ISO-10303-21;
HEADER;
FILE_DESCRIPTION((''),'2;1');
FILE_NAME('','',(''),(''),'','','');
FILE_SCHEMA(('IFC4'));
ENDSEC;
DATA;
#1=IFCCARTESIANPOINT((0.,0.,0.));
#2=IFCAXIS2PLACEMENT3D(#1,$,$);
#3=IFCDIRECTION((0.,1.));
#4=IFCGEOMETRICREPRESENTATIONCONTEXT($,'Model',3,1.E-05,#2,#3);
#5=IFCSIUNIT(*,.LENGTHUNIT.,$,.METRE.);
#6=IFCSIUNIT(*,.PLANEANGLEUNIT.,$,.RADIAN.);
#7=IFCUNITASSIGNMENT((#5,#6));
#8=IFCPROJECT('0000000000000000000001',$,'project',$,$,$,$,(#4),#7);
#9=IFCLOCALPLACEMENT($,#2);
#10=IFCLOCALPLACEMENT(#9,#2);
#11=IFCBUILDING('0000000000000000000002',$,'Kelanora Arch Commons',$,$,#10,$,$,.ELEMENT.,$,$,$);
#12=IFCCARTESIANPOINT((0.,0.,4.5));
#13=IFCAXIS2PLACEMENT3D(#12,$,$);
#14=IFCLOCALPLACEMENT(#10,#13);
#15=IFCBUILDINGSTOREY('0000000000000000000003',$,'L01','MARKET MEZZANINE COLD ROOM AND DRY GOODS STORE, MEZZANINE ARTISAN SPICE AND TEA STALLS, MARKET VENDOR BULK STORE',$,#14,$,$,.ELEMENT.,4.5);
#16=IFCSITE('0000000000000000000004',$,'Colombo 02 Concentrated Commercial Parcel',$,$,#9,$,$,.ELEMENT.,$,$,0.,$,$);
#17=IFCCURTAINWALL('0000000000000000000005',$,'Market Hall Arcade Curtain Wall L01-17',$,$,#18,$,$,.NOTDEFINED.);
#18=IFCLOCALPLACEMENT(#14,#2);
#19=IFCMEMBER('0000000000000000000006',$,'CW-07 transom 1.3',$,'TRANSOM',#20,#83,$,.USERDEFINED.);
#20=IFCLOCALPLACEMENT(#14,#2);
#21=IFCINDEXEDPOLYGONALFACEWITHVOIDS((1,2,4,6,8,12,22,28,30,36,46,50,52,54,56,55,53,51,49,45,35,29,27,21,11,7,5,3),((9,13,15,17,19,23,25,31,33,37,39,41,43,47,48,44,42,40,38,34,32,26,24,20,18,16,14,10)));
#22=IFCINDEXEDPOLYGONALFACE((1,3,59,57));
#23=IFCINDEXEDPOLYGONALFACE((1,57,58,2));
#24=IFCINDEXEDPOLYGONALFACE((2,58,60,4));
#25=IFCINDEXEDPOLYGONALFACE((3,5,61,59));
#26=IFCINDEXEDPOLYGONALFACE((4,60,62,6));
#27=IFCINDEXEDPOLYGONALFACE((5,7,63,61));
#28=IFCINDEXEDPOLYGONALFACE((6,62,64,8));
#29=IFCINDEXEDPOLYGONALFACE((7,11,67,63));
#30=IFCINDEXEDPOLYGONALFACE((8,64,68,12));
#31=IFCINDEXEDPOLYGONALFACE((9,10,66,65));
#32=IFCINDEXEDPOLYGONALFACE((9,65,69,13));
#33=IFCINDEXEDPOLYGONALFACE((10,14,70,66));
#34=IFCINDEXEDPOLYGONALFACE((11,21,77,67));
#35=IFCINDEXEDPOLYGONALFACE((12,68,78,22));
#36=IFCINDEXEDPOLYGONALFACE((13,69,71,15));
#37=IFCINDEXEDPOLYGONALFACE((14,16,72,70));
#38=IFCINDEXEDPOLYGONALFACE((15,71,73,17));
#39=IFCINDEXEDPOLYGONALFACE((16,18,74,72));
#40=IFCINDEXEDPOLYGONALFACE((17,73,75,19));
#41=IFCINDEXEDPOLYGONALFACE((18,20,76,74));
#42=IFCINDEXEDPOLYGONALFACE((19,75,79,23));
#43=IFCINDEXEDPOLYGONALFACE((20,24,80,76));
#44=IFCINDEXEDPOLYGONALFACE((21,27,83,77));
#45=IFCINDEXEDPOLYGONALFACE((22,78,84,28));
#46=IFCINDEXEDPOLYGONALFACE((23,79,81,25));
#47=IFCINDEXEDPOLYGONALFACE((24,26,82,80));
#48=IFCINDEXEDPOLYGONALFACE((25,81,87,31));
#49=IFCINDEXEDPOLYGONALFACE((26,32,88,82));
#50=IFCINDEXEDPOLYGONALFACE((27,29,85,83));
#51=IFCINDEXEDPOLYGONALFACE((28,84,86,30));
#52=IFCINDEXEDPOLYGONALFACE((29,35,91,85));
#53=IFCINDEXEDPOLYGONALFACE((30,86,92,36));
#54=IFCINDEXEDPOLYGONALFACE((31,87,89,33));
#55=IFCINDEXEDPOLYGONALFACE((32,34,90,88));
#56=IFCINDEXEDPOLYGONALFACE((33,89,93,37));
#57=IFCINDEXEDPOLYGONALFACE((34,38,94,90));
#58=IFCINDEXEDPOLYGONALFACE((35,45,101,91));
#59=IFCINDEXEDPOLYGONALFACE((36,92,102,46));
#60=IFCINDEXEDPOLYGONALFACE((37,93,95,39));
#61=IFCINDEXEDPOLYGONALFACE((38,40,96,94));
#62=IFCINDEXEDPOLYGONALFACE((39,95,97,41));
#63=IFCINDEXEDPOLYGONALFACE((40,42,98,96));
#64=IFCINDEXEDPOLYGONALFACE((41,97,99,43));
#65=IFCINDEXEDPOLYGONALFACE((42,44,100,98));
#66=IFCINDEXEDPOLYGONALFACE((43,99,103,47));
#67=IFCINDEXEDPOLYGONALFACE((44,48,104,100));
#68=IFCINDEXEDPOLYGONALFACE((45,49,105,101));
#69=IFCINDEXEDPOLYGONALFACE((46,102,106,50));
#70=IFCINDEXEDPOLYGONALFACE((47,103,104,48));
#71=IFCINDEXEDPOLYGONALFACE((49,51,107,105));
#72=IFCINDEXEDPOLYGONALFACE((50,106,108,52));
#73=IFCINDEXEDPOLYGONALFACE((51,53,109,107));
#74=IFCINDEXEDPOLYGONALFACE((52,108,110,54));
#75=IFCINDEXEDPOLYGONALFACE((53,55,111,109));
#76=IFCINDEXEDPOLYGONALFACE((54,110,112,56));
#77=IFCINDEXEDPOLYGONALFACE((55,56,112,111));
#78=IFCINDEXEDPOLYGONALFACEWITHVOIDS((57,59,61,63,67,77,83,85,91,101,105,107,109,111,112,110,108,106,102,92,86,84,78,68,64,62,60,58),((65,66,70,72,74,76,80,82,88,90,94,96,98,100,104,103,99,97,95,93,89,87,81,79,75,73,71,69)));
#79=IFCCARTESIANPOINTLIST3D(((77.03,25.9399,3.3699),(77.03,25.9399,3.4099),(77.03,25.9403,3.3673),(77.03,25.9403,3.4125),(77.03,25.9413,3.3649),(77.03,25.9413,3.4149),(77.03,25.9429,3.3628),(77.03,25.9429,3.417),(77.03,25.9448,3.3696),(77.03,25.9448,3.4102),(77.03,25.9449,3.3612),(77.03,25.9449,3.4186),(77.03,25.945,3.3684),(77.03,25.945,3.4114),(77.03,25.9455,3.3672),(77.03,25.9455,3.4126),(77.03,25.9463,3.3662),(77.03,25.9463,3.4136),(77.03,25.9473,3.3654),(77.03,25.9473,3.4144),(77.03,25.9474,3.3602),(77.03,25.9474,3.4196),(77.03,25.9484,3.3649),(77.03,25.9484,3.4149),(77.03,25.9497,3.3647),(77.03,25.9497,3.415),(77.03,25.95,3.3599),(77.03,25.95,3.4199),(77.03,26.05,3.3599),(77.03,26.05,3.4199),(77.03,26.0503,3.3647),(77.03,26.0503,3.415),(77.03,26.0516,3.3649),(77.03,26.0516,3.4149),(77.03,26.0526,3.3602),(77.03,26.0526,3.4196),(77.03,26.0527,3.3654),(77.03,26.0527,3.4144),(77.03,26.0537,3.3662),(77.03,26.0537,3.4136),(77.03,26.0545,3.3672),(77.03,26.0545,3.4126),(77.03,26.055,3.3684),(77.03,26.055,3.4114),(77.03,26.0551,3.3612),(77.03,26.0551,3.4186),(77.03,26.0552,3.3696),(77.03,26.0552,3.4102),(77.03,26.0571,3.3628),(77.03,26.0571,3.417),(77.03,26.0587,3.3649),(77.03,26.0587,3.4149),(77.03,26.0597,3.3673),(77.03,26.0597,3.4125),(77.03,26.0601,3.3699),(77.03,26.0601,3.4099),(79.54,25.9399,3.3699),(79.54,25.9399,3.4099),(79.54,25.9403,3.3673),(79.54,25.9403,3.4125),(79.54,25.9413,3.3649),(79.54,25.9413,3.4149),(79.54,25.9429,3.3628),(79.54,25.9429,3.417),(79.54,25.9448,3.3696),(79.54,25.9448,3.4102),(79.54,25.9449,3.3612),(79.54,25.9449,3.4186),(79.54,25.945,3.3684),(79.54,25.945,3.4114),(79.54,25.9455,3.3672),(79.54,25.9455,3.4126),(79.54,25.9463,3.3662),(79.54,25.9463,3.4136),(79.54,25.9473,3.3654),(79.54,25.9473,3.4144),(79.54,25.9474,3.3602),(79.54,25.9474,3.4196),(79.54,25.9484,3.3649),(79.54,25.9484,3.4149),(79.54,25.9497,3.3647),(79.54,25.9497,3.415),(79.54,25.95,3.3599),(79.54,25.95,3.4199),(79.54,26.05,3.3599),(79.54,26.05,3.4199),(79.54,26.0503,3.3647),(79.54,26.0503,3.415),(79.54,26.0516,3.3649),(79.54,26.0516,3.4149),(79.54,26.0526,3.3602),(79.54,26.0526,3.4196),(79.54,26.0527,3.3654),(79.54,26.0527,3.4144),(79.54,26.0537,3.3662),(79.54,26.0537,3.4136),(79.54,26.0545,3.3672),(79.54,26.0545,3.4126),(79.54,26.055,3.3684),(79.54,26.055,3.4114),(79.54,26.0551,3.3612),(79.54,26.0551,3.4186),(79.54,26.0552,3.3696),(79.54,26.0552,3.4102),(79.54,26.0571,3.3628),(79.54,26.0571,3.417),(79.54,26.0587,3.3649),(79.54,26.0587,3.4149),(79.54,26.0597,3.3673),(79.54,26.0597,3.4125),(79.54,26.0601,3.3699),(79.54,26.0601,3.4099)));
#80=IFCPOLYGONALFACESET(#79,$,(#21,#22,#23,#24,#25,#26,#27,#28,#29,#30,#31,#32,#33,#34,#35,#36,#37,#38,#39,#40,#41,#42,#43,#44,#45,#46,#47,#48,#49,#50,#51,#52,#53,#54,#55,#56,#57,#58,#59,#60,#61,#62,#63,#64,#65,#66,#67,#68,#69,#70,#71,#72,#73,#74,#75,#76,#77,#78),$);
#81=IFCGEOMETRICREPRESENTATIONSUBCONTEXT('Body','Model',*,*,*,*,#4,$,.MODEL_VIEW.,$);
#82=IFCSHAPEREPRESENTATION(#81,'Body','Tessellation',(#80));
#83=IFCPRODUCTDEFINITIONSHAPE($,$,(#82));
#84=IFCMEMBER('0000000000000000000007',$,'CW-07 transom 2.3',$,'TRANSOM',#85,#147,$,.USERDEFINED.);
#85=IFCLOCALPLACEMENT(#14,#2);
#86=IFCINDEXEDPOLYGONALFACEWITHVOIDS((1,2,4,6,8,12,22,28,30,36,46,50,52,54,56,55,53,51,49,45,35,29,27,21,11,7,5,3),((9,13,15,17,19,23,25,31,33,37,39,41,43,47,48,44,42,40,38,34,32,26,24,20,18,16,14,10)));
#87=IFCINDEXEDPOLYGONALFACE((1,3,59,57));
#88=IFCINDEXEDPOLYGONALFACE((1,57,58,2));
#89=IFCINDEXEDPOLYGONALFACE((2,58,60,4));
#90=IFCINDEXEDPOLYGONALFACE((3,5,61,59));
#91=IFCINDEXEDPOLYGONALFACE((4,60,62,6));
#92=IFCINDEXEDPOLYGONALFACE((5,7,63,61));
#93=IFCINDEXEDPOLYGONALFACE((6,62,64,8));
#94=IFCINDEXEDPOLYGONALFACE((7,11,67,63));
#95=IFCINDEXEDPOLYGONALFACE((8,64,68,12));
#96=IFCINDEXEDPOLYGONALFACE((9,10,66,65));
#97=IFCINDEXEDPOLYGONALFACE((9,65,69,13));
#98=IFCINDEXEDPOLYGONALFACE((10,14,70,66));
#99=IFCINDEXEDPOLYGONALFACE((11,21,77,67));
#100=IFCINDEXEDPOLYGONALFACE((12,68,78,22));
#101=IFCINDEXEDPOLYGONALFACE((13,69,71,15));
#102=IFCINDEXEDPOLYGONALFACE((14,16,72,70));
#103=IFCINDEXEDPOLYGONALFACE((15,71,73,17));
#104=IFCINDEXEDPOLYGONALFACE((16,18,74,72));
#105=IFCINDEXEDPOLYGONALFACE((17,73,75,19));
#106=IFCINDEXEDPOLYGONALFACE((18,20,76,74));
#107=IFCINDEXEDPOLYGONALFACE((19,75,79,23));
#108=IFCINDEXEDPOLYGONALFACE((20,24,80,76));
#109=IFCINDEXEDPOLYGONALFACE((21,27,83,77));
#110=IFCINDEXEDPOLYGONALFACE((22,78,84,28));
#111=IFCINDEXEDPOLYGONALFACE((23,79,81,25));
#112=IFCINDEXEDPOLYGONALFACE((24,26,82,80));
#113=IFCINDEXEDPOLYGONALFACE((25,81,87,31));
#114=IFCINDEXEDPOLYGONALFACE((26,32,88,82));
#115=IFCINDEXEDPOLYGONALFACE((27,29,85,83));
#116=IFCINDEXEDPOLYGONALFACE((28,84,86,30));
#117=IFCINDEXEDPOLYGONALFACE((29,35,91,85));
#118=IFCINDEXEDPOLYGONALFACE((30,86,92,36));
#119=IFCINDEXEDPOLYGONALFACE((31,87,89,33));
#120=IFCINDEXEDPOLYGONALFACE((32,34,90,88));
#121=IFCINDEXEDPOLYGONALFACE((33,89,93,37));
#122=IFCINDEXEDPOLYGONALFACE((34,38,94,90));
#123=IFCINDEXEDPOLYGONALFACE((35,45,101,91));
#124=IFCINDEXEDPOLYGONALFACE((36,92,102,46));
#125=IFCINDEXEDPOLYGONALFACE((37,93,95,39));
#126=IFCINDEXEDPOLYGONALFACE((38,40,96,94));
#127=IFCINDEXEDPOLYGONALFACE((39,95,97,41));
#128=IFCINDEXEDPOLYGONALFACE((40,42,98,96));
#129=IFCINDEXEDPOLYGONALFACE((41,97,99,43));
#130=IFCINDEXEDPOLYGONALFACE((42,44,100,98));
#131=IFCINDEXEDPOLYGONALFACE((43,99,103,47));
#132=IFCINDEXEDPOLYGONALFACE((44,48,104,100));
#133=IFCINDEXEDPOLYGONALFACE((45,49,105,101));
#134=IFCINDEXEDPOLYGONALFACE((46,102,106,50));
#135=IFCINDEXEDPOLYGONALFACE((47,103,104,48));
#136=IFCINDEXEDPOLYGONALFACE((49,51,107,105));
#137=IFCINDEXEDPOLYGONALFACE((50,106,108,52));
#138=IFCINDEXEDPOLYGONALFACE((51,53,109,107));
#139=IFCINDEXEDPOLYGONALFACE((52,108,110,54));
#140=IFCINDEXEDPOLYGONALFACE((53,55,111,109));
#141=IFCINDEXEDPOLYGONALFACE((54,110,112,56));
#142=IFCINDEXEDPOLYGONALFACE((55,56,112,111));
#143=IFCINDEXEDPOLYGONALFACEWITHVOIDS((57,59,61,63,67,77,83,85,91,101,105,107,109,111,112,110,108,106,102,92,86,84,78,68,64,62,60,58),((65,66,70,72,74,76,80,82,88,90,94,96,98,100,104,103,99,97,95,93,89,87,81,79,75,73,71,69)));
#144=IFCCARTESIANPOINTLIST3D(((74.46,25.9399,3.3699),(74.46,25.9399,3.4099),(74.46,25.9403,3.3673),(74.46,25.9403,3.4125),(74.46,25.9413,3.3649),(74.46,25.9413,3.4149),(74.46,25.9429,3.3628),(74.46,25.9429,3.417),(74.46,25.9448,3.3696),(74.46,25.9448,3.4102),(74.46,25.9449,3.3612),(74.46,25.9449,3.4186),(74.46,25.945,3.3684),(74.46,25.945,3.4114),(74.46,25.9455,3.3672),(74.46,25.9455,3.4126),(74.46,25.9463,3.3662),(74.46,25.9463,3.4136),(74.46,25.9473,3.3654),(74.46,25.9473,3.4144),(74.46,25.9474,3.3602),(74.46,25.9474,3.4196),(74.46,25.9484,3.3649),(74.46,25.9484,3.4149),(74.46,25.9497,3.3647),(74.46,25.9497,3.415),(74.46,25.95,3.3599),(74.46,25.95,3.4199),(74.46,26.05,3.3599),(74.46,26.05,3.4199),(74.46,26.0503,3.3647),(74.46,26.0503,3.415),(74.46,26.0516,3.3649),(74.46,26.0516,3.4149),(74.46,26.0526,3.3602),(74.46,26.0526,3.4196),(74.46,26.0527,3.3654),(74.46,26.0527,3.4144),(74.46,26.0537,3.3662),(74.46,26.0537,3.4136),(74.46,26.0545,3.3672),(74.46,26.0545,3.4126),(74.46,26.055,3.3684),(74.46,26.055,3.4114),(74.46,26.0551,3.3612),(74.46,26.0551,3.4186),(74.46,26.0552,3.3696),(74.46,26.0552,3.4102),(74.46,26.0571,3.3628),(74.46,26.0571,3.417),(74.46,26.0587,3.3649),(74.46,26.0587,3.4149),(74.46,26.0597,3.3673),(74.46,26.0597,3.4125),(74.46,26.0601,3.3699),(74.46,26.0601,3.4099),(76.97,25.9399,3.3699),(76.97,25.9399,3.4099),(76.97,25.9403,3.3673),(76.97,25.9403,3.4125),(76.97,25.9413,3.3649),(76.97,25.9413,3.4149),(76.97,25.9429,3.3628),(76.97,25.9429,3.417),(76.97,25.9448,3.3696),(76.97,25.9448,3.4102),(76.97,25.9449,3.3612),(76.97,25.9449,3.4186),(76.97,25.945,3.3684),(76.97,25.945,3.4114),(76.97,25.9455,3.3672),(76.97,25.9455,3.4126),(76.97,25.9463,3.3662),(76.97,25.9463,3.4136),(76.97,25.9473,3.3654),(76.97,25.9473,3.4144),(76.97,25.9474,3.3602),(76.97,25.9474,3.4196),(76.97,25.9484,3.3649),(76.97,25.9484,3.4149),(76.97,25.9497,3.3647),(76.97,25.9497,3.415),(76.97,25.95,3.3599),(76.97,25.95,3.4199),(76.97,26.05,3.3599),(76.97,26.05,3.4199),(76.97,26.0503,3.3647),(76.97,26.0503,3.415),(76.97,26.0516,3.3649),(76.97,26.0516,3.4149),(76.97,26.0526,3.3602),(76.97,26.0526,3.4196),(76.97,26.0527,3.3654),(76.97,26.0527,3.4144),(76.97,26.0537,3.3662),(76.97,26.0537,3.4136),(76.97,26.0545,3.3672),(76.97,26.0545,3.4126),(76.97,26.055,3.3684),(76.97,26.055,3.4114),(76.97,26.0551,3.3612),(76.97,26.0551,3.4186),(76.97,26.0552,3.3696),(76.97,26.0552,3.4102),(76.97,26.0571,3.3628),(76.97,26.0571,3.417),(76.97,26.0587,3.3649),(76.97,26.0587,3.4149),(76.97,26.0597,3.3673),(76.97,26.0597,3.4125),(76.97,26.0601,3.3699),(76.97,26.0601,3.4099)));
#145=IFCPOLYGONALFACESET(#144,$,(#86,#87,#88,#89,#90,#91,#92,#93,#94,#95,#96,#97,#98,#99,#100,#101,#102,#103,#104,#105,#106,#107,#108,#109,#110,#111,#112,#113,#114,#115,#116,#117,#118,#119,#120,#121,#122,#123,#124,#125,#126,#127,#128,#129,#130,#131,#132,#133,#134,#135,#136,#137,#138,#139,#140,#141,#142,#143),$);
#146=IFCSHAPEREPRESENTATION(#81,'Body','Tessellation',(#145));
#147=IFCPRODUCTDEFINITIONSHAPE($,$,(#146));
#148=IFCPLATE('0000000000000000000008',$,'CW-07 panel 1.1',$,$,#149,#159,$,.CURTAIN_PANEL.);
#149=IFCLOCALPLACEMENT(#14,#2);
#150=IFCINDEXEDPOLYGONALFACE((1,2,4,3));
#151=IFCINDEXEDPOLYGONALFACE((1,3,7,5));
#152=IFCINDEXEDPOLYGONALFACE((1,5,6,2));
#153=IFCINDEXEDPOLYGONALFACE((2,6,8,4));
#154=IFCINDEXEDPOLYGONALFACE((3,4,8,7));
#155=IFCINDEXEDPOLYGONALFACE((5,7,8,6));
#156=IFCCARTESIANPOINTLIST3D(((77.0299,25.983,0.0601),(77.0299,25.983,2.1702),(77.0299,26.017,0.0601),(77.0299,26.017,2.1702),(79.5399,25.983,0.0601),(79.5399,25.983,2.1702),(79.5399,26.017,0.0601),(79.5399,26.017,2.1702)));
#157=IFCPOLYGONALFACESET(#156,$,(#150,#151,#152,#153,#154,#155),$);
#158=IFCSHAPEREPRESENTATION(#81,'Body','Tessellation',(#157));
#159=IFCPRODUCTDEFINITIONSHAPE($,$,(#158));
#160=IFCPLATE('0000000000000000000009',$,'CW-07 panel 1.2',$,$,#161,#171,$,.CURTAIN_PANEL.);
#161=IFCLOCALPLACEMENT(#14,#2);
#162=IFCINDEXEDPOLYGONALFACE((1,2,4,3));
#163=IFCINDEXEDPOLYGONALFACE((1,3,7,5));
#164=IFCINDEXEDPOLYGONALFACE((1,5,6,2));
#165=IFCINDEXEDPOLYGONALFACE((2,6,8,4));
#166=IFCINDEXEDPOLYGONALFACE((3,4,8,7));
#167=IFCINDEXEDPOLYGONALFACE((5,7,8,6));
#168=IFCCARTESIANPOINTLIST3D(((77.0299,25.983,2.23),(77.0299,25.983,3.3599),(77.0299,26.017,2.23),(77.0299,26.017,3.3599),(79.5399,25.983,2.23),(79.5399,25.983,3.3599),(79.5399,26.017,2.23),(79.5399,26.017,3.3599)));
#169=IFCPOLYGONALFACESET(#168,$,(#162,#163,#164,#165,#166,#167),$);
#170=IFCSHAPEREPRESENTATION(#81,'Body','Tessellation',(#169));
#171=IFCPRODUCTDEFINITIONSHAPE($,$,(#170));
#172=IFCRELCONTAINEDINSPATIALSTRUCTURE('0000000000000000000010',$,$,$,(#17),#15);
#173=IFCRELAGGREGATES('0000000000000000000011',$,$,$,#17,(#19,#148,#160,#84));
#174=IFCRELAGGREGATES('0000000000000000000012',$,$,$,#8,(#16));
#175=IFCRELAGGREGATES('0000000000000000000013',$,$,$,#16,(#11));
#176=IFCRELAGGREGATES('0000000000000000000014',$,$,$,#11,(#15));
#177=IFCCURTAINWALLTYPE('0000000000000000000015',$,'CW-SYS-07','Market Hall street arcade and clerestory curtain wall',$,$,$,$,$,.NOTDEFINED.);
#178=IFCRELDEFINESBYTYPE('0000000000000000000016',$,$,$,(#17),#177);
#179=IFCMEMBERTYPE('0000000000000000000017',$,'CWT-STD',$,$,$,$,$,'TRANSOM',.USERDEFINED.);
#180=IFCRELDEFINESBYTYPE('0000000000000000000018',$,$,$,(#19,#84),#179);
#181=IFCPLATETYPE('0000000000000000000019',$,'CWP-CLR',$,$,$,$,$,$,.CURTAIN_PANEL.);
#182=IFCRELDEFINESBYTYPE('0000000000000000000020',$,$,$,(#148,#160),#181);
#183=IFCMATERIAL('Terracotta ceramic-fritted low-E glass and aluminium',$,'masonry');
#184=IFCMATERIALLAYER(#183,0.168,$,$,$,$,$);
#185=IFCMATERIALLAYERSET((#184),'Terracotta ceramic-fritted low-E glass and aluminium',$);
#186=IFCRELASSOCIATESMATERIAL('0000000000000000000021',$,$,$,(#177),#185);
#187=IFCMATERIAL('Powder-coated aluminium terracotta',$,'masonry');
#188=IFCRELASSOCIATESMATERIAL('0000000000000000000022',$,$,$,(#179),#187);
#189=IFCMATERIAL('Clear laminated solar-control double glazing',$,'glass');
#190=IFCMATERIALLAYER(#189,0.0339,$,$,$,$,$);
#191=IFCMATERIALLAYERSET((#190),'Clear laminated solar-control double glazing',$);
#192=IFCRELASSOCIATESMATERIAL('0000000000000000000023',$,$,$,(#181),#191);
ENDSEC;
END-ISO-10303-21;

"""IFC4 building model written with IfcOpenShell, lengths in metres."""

from ifc_helpers import new_model, si_unit, direction, frame, origin, origin_2d, place, context, subcontext, project, spatial, rectangle, hollow_rectangle, extrude, source, transform, mapped, material, layer, layer_set, material_profile, profile_set, type_object, element, aggregate, save


model = new_model("IFC4")

# Units and contexts
model_context = context("Model", 3, precision=1e-05, world=origin(), true_north=direction((0.0, 1.0)))
body_context = subcontext(model_context, "Body", "Model", "MODEL_VIEW")
ifc_project = project(units=[si_unit("LENGTHUNIT", "METRE"), si_unit("PLANEANGLEUNIT", "RADIAN")], contexts=[model_context])

# Site, building, storey
site_placement = place(None, origin())
site = spatial("IfcSite", under=ifc_project, at=site_placement, Name="Colombo 02 Concentrated Commercial Parcel", CompositionType="ELEMENT", RefElevation=0.0)
building_placement = place(site_placement, origin())
building = spatial("IfcBuilding", under=site, at=building_placement, Name="Kelanora Arch Commons", CompositionType="ELEMENT")
storey_placement = place(building_placement, frame((0.0, 0.0, 4.5)))
storey = spatial("IfcBuildingStorey", under=building, at=storey_placement, Name="L01", Description="MARKET MEZZANINE COLD ROOM AND DRY GOODS STORE, MEZZANINE ARTISAN SPICE AND TEA STALLS, MARKET VENDOR BULK STORE", CompositionType="ELEMENT", Elevation=4.5)

# Curtain wall, members, plates
ifc_material_1 = material(Name="Terracotta ceramic-fritted low-E glass and aluminium", Category="masonry")
ifc_layer_1 = layer(ifc_material_1, 0.168)
ifc_layer_set_1 = layer_set([ifc_layer_1], Name="Terracotta ceramic-fritted low-E glass and aluminium")
curtain_wall_type = type_object("IfcCurtainWallType", Name="CW-SYS-07", Description="Market Hall street arcade and clerestory curtain wall", PredefinedType="NOTDEFINED", material=ifc_layer_set_1)
curtain_wall_placement = place(storey_placement, origin())
curtain_wall = element("IfcCurtainWall", 1, at=curtain_wall_placement, inside=storey, type_object=curtain_wall_type, Name="Market Hall Arcade Curtain Wall L01-17", PredefinedType="NOTDEFINED")
ifc_material_2 = material(Name="Powder-coated aluminium terracotta", Category="masonry")
ifc_material_profile_1 = material_profile(ifc_material_2, hollow_rectangle(XDim=0.1201, YDim=0.0601, WallThickness=0.0049, InnerFilletRadius=0.0049, OuterFilletRadius=0.01, at=origin_2d()), Name="CWT120x60")
ifc_profile_set_1 = profile_set([ifc_material_profile_1], Name="Powder-coated aluminium terracotta")
member_type_1 = type_object("IfcMemberType", Name="CWT-STD", ElementType="TRANSOM", PredefinedType="USERDEFINED", material=ifc_profile_set_1)
member_1_placement = place(storey_placement, frame((79.54, 26.0, 3.3899), z_axis=(-1.0, 0.0, 0.0), x_axis=(0.0, -1.0, 0.0)))
member_1 = element("IfcMember", 2, at=member_1_placement, type_object=member_type_1, Name="CW-07 transom 1.3", ObjectType="TRANSOM", PredefinedType="USERDEFINED", context=body_context, shape_type="SweptSolid", body=[
    extrude(hollow_rectangle(XDim=0.1201, YDim=0.0601, WallThickness=0.0049, InnerFilletRadius=0.0049, OuterFilletRadius=0.01, at=origin_2d()), origin(), (0.0, 0.0, 1.0), 2.51),
])
member_2_placement = place(storey_placement, frame((76.97, 26.0, 3.3899), z_axis=(-1.0, 0.0, 0.0), x_axis=(0.0, -1.0, 0.0)))
member_2 = element("IfcMember", 3, at=member_2_placement, type_object=member_type_1, Name="CW-07 transom 2.3", ObjectType="TRANSOM", PredefinedType="USERDEFINED", context=body_context, shape_type="SweptSolid", body=[
    extrude(hollow_rectangle(XDim=0.1201, YDim=0.0601, WallThickness=0.0049, InnerFilletRadius=0.0049, OuterFilletRadius=0.01, at=origin_2d()), origin(), (0.0, 0.0, 1.0), 2.51),
])
ifc_material_3 = material(Name="Clear laminated solar-control double glazing", Category="glass")
ifc_layer_2 = layer(ifc_material_3, 0.0339)
ifc_layer_set_2 = layer_set([ifc_layer_2], Name="Clear laminated solar-control double glazing")
plate_type = type_object("IfcPlateType", Name="CWP-CLR", PredefinedType="CURTAIN_PANEL", material=ifc_layer_set_2)
shared_shape_1 = source(origin(), body_context, "Body", "SweptSolid", [
    extrude(rectangle(XDim=2.51, YDim=0.0339, at=origin_2d()), origin(), (0.0, 0.0, 1.0), 2.1101),
])
plate_1_placement = place(storey_placement, frame((78.2849, 26.0, 0.0601), z_axis=(0.0, 0.0, 1.0), x_axis=(-1.0, 0.0, 0.0)))
plate_1 = element("IfcPlate", 4, at=plate_1_placement, type_object=plate_type, Name="CW-07 panel 1.1", PredefinedType="CURTAIN_PANEL", context=body_context, shape_type="MappedRepresentation", body=[
    mapped(shared_shape_1, transform((0.0, 0.0, 0.0), scale=1.0)),
])
shared_shape_2 = source(origin(), body_context, "Body", "SweptSolid", [
    extrude(rectangle(XDim=2.51, YDim=0.0339, at=origin_2d()), origin(), (0.0, 0.0, 1.0), 1.1299),
])
plate_2_placement = place(storey_placement, frame((78.2849, 26.0, 2.23), z_axis=(0.0, 0.0, 1.0), x_axis=(-1.0, 0.0, 0.0)))
plate_2 = element("IfcPlate", 5, at=plate_2_placement, type_object=plate_type, Name="CW-07 panel 1.2", PredefinedType="CURTAIN_PANEL", context=body_context, shape_type="MappedRepresentation", body=[
    mapped(shared_shape_2, transform((0.0, 0.0, 0.0), scale=1.0)),
])
aggregate(curtain_wall, [member_1, plate_1, plate_2, member_2])

save(model, "model.ifc")
